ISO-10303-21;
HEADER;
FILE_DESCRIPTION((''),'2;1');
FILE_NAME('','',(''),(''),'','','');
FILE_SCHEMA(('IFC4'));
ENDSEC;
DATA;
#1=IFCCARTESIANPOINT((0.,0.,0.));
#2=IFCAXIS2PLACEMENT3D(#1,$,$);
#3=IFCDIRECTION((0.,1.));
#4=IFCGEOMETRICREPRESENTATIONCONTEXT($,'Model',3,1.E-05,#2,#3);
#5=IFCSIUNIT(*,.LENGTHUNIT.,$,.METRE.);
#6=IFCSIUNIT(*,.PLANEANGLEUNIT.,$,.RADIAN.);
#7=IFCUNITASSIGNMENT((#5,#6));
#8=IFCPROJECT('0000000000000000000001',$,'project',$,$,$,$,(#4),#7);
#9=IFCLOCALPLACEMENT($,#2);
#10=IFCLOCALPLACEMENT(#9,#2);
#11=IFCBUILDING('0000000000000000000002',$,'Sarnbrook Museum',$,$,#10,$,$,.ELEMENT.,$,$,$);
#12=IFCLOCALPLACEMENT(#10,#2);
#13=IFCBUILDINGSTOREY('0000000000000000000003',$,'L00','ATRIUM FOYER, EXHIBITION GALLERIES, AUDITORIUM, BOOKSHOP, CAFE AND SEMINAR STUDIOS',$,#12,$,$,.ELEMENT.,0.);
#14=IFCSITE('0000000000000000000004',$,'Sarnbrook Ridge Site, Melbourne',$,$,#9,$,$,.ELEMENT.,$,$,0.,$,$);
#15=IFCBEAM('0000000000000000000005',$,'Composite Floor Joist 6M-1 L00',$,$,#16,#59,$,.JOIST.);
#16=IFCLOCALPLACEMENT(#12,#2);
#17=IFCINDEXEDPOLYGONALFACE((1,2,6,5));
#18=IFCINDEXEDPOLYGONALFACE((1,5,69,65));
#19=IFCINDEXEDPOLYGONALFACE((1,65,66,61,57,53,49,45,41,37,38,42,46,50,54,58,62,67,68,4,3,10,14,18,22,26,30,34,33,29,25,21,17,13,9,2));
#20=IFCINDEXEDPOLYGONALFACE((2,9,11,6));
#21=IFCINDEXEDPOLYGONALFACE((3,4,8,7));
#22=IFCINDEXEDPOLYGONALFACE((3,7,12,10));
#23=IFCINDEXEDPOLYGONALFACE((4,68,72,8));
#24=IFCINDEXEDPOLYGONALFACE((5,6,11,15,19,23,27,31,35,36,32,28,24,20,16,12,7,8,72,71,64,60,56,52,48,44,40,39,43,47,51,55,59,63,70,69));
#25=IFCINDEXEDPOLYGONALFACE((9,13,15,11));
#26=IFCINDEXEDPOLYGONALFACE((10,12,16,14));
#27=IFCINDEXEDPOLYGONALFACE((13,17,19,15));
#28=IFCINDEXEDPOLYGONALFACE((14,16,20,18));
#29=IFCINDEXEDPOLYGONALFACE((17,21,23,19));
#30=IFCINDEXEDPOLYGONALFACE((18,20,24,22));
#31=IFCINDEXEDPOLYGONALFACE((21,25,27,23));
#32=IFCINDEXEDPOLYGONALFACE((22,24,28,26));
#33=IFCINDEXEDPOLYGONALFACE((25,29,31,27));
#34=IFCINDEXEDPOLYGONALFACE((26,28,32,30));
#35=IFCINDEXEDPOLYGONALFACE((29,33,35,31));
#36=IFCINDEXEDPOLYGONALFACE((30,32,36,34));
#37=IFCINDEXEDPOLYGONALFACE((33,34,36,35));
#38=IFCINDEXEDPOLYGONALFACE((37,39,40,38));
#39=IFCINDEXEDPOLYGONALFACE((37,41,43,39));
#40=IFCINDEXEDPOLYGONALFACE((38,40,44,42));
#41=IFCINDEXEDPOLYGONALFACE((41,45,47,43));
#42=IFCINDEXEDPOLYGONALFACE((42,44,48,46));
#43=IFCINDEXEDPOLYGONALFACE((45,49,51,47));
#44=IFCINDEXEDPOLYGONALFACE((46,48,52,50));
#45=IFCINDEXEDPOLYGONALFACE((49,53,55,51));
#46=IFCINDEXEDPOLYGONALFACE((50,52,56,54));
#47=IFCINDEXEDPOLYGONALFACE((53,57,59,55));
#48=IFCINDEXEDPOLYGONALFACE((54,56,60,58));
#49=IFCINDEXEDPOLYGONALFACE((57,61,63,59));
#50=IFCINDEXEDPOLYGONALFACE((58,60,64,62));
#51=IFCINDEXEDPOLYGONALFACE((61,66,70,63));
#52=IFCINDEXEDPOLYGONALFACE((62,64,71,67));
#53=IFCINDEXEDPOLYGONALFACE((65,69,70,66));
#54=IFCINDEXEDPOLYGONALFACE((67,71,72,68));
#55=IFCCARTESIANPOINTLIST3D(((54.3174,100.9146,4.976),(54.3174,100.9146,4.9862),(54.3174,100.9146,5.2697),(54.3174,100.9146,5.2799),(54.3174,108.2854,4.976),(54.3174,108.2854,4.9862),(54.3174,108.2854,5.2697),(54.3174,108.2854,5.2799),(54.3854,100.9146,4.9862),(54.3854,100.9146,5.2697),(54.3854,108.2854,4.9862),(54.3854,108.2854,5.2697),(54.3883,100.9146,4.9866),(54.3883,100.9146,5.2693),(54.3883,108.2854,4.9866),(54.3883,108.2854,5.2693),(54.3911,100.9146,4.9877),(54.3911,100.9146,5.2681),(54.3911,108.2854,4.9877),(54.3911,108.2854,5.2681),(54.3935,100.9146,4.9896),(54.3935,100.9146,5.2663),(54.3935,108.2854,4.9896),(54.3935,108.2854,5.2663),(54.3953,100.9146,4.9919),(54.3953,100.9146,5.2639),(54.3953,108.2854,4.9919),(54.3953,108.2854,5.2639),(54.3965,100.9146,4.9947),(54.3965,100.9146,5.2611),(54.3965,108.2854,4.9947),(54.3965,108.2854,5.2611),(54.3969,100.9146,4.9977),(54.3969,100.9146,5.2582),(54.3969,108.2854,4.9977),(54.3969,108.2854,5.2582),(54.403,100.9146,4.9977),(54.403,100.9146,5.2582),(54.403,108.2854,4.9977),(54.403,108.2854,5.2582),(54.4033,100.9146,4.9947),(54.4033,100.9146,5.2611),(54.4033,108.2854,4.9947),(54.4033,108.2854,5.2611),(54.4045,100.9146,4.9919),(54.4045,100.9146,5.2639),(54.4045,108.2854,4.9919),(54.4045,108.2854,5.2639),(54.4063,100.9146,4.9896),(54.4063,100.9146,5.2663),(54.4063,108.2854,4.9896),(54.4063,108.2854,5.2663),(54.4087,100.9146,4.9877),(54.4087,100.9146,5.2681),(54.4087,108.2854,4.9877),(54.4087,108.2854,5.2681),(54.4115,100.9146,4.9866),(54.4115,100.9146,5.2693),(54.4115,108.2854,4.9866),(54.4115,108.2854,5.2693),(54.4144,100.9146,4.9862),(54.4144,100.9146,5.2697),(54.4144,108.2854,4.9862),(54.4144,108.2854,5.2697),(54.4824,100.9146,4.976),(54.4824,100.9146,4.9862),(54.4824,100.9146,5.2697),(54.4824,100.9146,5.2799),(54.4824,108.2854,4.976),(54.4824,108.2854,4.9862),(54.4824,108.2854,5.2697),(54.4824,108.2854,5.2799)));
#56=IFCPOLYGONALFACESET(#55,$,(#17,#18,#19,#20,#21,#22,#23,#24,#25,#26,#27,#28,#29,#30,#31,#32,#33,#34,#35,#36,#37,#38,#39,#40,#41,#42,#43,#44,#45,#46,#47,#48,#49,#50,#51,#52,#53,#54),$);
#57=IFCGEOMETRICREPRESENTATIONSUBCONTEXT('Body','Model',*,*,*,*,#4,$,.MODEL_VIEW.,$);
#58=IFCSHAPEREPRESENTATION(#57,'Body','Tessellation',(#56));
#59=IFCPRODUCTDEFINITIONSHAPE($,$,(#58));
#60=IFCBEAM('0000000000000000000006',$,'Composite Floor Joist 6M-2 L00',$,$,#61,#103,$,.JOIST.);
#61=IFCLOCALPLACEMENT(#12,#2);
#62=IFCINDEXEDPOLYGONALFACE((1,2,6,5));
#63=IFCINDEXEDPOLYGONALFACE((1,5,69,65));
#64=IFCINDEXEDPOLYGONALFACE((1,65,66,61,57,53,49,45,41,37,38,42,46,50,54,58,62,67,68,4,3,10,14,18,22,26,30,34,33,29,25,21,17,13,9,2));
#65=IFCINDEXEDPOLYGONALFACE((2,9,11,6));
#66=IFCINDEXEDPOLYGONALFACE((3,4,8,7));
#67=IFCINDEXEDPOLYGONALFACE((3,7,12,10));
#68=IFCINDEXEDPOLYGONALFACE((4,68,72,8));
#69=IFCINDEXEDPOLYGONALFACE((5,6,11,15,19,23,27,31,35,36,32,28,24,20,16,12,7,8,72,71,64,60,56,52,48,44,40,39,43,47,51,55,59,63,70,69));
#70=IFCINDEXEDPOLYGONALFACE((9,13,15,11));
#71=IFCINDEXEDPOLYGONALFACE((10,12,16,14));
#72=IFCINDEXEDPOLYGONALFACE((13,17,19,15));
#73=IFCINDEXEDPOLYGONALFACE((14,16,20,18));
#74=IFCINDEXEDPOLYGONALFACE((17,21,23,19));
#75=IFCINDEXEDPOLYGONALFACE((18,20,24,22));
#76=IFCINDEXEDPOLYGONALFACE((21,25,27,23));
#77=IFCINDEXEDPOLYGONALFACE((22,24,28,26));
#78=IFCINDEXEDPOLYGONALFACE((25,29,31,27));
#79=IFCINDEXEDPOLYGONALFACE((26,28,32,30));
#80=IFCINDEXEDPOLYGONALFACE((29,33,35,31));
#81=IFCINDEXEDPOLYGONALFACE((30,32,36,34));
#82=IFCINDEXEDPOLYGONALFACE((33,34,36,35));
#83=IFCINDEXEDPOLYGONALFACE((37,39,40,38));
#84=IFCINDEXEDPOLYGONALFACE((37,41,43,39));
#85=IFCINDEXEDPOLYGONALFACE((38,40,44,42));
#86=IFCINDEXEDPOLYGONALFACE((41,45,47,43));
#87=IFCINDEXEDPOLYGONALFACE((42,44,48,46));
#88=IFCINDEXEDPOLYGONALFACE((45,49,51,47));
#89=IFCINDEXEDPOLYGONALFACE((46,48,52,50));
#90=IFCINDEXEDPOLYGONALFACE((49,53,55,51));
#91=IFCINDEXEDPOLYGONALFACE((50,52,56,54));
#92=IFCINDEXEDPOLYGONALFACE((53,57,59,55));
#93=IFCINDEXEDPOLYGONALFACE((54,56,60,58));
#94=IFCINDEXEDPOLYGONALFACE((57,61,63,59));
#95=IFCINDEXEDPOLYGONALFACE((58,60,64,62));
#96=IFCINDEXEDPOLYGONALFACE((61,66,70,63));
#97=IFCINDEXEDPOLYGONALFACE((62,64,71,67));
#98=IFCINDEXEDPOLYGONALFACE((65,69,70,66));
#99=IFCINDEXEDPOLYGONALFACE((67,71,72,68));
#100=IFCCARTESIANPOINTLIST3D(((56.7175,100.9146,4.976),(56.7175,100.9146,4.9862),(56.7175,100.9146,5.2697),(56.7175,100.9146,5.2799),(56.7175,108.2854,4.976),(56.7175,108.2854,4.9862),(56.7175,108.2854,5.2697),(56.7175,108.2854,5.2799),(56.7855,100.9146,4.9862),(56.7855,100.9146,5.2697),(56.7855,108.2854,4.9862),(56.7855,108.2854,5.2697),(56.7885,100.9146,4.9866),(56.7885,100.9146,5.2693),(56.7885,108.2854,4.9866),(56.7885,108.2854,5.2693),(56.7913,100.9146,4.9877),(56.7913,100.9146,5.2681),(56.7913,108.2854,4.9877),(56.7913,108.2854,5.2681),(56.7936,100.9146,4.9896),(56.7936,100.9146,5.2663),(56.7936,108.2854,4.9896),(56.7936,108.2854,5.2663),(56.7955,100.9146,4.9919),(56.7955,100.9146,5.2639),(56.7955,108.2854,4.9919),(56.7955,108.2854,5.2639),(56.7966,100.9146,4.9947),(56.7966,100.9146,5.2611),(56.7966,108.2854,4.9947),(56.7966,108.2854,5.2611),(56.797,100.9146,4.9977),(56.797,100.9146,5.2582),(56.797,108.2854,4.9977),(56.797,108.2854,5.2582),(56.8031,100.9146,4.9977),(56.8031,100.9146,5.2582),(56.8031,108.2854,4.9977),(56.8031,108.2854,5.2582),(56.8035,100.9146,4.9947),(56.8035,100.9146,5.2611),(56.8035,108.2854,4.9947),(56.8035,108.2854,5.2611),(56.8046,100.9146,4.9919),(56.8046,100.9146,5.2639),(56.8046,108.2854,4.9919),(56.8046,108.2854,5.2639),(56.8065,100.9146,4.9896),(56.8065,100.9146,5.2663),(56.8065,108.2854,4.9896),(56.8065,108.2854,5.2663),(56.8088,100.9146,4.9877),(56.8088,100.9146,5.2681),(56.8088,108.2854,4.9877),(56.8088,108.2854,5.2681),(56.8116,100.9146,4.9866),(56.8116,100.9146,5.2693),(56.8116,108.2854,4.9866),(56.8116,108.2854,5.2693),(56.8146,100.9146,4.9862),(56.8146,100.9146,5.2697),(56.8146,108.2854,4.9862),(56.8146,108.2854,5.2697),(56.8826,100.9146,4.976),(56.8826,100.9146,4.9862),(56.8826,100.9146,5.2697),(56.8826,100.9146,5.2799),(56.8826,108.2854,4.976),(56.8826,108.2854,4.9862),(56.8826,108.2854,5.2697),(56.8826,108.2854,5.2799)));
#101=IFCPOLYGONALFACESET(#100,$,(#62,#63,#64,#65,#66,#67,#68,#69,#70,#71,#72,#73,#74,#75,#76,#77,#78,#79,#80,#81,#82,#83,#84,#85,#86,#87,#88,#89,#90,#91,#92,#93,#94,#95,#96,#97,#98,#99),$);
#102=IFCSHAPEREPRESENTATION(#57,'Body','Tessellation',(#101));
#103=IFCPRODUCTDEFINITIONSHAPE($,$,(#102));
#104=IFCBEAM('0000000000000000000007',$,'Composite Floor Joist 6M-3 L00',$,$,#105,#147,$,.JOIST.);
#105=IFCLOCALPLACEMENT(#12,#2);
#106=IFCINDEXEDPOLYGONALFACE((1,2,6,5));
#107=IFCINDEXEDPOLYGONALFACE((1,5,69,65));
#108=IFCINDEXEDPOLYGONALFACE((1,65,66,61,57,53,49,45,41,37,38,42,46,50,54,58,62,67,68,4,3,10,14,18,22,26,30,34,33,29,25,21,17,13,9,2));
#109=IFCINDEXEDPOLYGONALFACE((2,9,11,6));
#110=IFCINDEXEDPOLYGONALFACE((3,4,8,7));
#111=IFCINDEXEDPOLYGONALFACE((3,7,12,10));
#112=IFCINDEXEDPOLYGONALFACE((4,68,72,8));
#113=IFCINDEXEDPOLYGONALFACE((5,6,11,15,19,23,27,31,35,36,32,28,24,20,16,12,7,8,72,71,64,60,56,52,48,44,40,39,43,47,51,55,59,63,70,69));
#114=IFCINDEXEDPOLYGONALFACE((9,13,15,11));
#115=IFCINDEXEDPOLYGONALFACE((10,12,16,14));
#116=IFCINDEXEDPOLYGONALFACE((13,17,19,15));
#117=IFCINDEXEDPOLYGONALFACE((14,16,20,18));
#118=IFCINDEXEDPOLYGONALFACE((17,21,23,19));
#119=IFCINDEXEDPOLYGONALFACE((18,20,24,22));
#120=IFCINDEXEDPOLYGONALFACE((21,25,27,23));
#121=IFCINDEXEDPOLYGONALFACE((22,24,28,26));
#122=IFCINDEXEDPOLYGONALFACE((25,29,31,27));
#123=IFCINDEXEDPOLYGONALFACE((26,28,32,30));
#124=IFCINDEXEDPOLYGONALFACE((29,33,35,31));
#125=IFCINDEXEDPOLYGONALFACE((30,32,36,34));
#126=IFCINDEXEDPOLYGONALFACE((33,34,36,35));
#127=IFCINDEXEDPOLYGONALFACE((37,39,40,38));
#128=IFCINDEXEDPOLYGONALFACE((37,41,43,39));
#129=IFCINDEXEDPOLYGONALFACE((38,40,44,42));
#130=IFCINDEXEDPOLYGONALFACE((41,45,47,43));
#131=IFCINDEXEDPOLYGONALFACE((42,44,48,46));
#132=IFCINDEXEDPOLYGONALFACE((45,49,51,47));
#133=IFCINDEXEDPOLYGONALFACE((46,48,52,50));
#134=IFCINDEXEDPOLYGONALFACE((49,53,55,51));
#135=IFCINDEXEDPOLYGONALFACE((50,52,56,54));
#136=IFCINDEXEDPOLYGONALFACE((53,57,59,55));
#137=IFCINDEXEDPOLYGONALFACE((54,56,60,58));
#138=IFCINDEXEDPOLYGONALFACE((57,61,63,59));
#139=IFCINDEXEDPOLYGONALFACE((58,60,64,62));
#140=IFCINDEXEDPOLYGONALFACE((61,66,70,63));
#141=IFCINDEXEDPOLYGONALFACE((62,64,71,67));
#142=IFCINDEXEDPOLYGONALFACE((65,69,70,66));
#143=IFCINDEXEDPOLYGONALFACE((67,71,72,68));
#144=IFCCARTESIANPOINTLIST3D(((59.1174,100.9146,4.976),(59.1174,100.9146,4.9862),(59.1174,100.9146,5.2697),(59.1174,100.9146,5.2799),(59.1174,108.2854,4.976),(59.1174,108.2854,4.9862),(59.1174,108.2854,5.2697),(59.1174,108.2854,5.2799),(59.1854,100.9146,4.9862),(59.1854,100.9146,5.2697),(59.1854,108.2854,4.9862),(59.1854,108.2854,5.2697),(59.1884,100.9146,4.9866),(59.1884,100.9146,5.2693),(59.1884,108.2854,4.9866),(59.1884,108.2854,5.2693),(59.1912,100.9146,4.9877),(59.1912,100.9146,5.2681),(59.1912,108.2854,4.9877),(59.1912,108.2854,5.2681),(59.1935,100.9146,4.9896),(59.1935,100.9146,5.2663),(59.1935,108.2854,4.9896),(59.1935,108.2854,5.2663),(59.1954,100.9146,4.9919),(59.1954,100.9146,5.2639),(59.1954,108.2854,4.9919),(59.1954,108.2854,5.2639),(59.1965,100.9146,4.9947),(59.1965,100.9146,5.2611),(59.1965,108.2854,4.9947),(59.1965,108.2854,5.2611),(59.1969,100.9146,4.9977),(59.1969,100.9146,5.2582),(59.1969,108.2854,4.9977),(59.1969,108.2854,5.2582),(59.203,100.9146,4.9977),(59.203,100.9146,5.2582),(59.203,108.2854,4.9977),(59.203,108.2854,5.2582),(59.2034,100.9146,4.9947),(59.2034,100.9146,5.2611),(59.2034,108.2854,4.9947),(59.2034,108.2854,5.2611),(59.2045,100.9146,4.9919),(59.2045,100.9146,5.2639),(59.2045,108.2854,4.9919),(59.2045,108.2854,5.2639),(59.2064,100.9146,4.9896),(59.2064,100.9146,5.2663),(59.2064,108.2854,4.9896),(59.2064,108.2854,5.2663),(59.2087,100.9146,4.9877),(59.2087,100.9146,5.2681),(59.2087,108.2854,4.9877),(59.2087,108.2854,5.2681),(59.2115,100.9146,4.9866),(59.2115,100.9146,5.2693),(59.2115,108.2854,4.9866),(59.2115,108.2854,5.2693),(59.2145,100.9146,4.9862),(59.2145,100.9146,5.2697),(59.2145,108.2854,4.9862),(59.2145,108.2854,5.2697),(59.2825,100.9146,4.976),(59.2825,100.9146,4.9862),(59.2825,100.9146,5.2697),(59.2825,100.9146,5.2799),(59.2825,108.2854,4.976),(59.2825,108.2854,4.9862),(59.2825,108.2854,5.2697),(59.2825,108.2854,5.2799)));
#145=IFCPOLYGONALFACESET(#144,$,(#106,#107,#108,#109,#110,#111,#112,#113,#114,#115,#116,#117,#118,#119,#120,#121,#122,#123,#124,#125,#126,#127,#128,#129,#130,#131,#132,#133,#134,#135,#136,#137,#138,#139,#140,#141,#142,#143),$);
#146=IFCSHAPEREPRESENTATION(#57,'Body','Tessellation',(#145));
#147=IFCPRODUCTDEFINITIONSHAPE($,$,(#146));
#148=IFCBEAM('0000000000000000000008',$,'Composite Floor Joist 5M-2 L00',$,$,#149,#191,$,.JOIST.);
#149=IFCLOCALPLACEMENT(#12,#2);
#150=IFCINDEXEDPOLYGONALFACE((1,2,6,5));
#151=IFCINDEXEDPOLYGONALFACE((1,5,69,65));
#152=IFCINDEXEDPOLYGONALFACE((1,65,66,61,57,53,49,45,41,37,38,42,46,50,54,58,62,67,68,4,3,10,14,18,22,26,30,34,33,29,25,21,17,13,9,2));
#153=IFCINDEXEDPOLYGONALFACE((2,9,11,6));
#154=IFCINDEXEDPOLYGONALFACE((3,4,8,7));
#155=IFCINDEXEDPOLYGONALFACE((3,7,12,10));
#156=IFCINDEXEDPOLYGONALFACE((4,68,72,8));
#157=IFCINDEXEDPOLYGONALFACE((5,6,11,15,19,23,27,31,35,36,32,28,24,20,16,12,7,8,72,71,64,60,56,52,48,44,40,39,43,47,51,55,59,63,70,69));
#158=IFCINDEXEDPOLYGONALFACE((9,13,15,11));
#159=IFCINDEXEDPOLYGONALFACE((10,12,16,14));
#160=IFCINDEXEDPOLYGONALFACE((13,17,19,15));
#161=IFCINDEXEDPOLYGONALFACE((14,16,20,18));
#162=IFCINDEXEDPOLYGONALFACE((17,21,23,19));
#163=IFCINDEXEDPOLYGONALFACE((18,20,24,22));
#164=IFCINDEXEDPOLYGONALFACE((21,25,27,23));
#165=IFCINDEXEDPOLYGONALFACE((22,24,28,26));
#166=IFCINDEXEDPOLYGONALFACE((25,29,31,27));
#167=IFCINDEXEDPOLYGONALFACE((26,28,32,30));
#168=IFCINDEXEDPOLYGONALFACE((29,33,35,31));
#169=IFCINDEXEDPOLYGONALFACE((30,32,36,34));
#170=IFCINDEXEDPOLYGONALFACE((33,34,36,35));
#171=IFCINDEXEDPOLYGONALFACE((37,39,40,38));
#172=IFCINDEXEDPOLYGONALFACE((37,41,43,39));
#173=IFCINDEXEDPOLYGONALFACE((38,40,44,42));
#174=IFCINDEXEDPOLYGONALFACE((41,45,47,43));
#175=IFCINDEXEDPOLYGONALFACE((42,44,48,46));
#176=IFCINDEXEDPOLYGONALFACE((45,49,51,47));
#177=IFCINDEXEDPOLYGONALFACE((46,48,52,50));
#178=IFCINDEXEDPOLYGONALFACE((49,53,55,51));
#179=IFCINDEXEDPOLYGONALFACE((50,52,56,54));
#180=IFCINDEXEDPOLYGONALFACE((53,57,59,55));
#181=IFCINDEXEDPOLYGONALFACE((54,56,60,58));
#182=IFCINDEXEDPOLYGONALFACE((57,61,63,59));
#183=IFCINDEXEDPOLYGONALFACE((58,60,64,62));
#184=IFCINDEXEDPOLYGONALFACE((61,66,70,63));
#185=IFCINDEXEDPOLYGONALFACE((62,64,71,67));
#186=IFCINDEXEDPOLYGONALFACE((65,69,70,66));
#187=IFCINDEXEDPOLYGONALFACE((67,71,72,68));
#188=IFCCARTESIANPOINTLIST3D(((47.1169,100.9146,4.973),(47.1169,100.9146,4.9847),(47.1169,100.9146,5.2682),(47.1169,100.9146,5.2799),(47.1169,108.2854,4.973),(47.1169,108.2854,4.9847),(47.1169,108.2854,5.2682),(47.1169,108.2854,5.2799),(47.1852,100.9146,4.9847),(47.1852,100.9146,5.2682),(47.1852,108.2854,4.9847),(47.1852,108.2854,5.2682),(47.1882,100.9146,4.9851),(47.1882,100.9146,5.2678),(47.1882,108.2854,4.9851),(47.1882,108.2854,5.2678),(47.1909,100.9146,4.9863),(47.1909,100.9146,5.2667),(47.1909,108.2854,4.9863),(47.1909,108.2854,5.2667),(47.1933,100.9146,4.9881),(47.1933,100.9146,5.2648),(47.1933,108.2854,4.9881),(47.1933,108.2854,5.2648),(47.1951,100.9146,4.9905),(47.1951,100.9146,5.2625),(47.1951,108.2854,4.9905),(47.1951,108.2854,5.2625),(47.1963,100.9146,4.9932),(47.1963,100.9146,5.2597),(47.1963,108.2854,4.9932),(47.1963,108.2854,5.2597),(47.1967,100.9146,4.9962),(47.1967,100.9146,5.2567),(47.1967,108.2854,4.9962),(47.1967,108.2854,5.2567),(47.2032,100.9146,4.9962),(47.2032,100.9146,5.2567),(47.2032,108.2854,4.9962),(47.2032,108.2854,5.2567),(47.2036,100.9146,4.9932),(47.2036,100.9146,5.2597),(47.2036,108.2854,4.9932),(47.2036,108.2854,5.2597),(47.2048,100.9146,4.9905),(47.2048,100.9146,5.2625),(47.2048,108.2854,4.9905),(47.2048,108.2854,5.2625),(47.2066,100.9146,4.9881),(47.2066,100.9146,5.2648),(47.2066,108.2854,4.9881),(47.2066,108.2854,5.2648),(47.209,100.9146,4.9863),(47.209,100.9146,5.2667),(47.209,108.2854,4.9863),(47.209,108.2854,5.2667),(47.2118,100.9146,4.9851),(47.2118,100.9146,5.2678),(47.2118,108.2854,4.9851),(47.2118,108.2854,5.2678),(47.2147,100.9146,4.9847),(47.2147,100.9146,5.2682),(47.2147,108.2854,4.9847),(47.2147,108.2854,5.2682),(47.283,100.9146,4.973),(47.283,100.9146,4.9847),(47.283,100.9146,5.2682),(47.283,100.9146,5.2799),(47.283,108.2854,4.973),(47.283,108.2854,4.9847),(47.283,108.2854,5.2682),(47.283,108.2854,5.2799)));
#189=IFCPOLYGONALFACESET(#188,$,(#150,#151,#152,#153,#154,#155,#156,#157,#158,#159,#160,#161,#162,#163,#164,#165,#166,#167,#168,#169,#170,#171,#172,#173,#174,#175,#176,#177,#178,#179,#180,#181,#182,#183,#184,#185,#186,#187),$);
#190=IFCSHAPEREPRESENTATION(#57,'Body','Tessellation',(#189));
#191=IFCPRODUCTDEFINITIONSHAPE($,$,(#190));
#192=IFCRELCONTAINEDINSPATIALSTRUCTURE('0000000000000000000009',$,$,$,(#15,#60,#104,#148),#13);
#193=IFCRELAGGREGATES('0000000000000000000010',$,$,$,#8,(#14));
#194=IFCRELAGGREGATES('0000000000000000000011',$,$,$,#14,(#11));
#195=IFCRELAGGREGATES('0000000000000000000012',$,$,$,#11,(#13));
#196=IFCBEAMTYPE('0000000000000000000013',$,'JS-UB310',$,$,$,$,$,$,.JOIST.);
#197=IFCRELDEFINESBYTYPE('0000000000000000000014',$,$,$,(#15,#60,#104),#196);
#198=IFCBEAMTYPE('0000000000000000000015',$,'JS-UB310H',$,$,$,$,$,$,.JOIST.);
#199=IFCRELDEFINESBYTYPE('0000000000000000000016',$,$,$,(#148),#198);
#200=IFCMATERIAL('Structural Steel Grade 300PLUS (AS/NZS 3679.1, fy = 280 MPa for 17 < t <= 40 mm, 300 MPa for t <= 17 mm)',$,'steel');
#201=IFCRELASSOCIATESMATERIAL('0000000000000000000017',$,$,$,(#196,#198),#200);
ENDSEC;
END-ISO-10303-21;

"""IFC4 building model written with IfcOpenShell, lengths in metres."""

from ifc_helpers import new_model, si_unit, direction, frame, origin, origin_2d, place, context, subcontext, project, spatial, i_section, extrude, material, material_profile, profile_set, type_object, element, save


model = new_model("IFC4")

# Units and contexts
model_context = context("Model", 3, precision=1e-05, world=origin(), true_north=direction((0.0, 1.0)))
body_context = subcontext(model_context, "Body", "Model", "MODEL_VIEW")
ifc_project = project(units=[si_unit("LENGTHUNIT", "METRE"), si_unit("PLANEANGLEUNIT", "RADIAN")], contexts=[model_context])

# Site, building, storey
site_placement = place(None, origin())
site = spatial("IfcSite", under=ifc_project, at=site_placement, Name="Sarnbrook Ridge Site, Melbourne", CompositionType="ELEMENT", RefElevation=0.0)
building_placement = place(site_placement, origin())
building = spatial("IfcBuilding", under=site, at=building_placement, Name="Sarnbrook Museum", CompositionType="ELEMENT")
storey_placement = place(building_placement, origin())
storey = spatial("IfcBuildingStorey", under=building, at=storey_placement, Name="L00", Description="ATRIUM FOYER, EXHIBITION GALLERIES, AUDITORIUM, BOOKSHOP, CAFE AND SEMINAR STUDIOS", CompositionType="ELEMENT", Elevation=0.0)

# Shared definitions
ifc_material_1 = material(Name="Structural Steel Grade 300PLUS (AS/NZS 3679.1, fy = 280 MPa for 17 < t <= 40 mm, 300 MPa for t <= 17 mm)", Category="steel")

# Beams
ifc_material_profile_1 = material_profile(ifc_material_1, i_section(OverallWidth=0.165, OverallDepth=0.304, WebThickness=0.0061, FlangeThickness=0.0103, FilletRadius=0.0115, at=origin_2d()), Name="310UB40.4")
ifc_profile_set_1 = profile_set([ifc_material_profile_1], Name="Structural Steel Grade 300PLUS (AS/NZS 3679.1, fy = 280 MPa for 17 < t <= 40 mm, 300 MPa for t <= 17 mm)")
beam_type_1 = type_object("IfcBeamType", Name="JS-UB310", PredefinedType="JOIST", material=ifc_profile_set_1)
for number, where, z_axis, x_axis, name in (
    (1, (54.3999, 100.9146, 5.1279), (0.0, 1.0, 0.0), (-1.0, 0.0, 0.0), "Composite Floor Joist 6M-1 L00"),
    (2, (56.8, 100.9146, 5.1279), (0.0, 1.0, 0.0), (-1.0, 0.0, 0.0), "Composite Floor Joist 6M-2 L00"),
    (3, (59.2, 100.9146, 5.1279), (0.0, 1.0, 0.0), (-1.0, 0.0, 0.0), "Composite Floor Joist 6M-3 L00"),
):
    element("IfcBeam", number, at=place(storey_placement, frame(where, z_axis=z_axis, x_axis=x_axis)), inside=storey, type_object=beam_type_1, Name=name, PredefinedType="JOIST", context=body_context, shape_type="SweptSolid", body=[
        extrude(i_section(OverallWidth=0.165, OverallDepth=0.304, WebThickness=0.0061, FlangeThickness=0.0103, FilletRadius=0.0115, at=origin_2d()), origin(), (0.0, 0.0, 1.0), 7.3708),
    ])
ifc_material_profile_2 = material_profile(ifc_material_1, i_section(OverallWidth=0.166, OverallDepth=0.3069, WebThickness=0.0066, FlangeThickness=0.0117, FilletRadius=0.0115, at=origin_2d()), Name="310UB46.2")
ifc_profile_set_2 = profile_set([ifc_material_profile_2], Name="Structural Steel Grade 300PLUS (AS/NZS 3679.1, fy = 280 MPa for 17 < t <= 40 mm, 300 MPa for t <= 17 mm)")
beam_type_2 = type_object("IfcBeamType", Name="JS-UB310H", PredefinedType="JOIST", material=ifc_profile_set_2)
for number, where, z_axis, x_axis, name in (
    (4, (47.2, 100.9146, 5.1265), (0.0, 1.0, 0.0), (-1.0, 0.0, 0.0), "Composite Floor Joist 5M-2 L00"),
):
    element("IfcBeam", number, at=place(storey_placement, frame(where, z_axis=z_axis, x_axis=x_axis)), inside=storey, type_object=beam_type_2, Name=name, PredefinedType="JOIST", context=body_context, shape_type="SweptSolid", body=[
        extrude(i_section(OverallWidth=0.166, OverallDepth=0.3069, WebThickness=0.0066, FlangeThickness=0.0117, FilletRadius=0.0115, at=origin_2d()), origin(), (0.0, 0.0, 1.0), 7.3708),
    ])

save(model, "model.ifc")
